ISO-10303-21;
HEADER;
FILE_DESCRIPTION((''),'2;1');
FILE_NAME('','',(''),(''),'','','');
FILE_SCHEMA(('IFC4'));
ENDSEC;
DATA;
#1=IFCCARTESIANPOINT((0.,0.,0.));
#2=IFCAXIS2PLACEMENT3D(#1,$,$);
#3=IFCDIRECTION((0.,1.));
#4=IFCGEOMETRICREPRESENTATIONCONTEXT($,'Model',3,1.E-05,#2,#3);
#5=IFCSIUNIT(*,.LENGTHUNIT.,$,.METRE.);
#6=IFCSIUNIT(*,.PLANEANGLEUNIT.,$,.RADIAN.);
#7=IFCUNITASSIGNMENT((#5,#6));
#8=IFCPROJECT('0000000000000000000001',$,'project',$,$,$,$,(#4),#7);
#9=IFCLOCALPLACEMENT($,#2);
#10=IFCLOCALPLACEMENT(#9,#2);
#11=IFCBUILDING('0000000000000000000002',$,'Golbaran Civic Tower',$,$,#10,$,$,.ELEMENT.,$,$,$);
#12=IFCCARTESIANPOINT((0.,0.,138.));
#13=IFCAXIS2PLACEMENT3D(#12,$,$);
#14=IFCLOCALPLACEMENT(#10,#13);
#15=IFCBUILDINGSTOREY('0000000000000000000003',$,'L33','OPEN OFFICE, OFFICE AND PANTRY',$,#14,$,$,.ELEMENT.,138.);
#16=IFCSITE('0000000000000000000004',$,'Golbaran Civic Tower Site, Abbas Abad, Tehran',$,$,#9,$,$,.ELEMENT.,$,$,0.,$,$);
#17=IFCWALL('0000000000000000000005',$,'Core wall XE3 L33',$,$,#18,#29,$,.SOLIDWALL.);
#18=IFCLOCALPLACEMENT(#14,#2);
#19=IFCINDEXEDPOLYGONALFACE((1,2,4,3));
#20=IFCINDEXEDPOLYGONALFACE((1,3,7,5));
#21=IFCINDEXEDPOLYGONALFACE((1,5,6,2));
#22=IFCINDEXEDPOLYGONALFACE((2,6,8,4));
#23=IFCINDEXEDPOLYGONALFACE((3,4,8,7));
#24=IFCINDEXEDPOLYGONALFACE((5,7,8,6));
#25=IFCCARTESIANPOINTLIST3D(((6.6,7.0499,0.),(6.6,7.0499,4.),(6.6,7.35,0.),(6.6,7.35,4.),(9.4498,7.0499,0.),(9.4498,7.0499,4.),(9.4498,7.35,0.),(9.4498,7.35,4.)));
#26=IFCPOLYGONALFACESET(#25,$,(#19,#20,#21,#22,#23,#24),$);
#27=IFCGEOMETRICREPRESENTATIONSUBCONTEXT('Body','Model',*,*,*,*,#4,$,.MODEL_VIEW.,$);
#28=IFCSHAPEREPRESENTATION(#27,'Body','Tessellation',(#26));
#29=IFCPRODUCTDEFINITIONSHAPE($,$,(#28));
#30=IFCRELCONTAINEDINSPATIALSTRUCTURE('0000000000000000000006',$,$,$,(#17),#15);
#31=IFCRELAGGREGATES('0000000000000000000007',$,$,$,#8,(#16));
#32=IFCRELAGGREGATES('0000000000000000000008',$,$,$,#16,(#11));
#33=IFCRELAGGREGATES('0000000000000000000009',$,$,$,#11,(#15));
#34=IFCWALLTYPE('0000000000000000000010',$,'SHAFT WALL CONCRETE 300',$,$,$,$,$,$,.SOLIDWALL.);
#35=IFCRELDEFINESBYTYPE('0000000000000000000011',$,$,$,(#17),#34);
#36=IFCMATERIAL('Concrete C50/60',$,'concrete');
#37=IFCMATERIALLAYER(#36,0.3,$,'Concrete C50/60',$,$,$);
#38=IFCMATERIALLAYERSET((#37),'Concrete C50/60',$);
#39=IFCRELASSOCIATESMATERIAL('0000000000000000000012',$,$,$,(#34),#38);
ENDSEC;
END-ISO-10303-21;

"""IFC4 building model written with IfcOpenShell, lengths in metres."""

from ifc_helpers import new_model, si_unit, direction, frame, frame_2d, origin, place, context, subcontext, project, spatial, rectangle, extrude, material, layer, layer_set, type_object, element, save


model = new_model("IFC4")

# Units and contexts
model_context = context("Model", 3, precision=1e-05, world=origin(), true_north=direction((0.0, 1.0)))
body_context = subcontext(model_context, "Body", "Model", "MODEL_VIEW")
ifc_project = project(units=[si_unit("LENGTHUNIT", "METRE"), si_unit("PLANEANGLEUNIT", "RADIAN")], contexts=[model_context])

# Site, building, storey
site_placement = place(None, origin())
site = spatial("IfcSite", under=ifc_project, at=site_placement, Name="Golbaran Civic Tower Site, Abbas Abad, Tehran", CompositionType="ELEMENT", RefElevation=0.0)
building_placement = place(site_placement, origin())
building = spatial("IfcBuilding", under=site, at=building_placement, Name="Golbaran Civic Tower", CompositionType="ELEMENT")
storey_placement = place(building_placement, frame((0.0, 0.0, 138.0)))
storey = spatial("IfcBuildingStorey", under=building, at=storey_placement, Name="L33", Description="OPEN OFFICE, OFFICE AND PANTRY", CompositionType="ELEMENT", Elevation=138.0)

# Wall
ifc_material_1 = material(Name="Concrete C50/60", Category="concrete")
ifc_layer_1 = layer(ifc_material_1, 0.3, Name="Concrete C50/60")
ifc_layer_set_1 = layer_set([ifc_layer_1], Name="Concrete C50/60")
wall_type_1 = type_object("IfcWallType", Name="SHAFT WALL CONCRETE 300", PredefinedType="SOLIDWALL", material=ifc_layer_set_1)
wall_1_placement = place(storey_placement, frame((6.6001, 7.2, 0.0), z_axis=(0.0, 0.0, 1.0), x_axis=(1.0, 0.0, 0.0)))
element("IfcWall", 1, at=wall_1_placement, inside=storey, type_object=wall_type_1, Name="Core wall XE3 L33", PredefinedType="SOLIDWALL", context=body_context, shape_type="SweptSolid", body=[
    extrude(rectangle(XDim=2.8499, YDim=0.3, at=frame_2d((1.4248, 0.0))), origin(), (0.0, 0.0, 1.0), 4.0),
])

save(model, "model.ifc")
